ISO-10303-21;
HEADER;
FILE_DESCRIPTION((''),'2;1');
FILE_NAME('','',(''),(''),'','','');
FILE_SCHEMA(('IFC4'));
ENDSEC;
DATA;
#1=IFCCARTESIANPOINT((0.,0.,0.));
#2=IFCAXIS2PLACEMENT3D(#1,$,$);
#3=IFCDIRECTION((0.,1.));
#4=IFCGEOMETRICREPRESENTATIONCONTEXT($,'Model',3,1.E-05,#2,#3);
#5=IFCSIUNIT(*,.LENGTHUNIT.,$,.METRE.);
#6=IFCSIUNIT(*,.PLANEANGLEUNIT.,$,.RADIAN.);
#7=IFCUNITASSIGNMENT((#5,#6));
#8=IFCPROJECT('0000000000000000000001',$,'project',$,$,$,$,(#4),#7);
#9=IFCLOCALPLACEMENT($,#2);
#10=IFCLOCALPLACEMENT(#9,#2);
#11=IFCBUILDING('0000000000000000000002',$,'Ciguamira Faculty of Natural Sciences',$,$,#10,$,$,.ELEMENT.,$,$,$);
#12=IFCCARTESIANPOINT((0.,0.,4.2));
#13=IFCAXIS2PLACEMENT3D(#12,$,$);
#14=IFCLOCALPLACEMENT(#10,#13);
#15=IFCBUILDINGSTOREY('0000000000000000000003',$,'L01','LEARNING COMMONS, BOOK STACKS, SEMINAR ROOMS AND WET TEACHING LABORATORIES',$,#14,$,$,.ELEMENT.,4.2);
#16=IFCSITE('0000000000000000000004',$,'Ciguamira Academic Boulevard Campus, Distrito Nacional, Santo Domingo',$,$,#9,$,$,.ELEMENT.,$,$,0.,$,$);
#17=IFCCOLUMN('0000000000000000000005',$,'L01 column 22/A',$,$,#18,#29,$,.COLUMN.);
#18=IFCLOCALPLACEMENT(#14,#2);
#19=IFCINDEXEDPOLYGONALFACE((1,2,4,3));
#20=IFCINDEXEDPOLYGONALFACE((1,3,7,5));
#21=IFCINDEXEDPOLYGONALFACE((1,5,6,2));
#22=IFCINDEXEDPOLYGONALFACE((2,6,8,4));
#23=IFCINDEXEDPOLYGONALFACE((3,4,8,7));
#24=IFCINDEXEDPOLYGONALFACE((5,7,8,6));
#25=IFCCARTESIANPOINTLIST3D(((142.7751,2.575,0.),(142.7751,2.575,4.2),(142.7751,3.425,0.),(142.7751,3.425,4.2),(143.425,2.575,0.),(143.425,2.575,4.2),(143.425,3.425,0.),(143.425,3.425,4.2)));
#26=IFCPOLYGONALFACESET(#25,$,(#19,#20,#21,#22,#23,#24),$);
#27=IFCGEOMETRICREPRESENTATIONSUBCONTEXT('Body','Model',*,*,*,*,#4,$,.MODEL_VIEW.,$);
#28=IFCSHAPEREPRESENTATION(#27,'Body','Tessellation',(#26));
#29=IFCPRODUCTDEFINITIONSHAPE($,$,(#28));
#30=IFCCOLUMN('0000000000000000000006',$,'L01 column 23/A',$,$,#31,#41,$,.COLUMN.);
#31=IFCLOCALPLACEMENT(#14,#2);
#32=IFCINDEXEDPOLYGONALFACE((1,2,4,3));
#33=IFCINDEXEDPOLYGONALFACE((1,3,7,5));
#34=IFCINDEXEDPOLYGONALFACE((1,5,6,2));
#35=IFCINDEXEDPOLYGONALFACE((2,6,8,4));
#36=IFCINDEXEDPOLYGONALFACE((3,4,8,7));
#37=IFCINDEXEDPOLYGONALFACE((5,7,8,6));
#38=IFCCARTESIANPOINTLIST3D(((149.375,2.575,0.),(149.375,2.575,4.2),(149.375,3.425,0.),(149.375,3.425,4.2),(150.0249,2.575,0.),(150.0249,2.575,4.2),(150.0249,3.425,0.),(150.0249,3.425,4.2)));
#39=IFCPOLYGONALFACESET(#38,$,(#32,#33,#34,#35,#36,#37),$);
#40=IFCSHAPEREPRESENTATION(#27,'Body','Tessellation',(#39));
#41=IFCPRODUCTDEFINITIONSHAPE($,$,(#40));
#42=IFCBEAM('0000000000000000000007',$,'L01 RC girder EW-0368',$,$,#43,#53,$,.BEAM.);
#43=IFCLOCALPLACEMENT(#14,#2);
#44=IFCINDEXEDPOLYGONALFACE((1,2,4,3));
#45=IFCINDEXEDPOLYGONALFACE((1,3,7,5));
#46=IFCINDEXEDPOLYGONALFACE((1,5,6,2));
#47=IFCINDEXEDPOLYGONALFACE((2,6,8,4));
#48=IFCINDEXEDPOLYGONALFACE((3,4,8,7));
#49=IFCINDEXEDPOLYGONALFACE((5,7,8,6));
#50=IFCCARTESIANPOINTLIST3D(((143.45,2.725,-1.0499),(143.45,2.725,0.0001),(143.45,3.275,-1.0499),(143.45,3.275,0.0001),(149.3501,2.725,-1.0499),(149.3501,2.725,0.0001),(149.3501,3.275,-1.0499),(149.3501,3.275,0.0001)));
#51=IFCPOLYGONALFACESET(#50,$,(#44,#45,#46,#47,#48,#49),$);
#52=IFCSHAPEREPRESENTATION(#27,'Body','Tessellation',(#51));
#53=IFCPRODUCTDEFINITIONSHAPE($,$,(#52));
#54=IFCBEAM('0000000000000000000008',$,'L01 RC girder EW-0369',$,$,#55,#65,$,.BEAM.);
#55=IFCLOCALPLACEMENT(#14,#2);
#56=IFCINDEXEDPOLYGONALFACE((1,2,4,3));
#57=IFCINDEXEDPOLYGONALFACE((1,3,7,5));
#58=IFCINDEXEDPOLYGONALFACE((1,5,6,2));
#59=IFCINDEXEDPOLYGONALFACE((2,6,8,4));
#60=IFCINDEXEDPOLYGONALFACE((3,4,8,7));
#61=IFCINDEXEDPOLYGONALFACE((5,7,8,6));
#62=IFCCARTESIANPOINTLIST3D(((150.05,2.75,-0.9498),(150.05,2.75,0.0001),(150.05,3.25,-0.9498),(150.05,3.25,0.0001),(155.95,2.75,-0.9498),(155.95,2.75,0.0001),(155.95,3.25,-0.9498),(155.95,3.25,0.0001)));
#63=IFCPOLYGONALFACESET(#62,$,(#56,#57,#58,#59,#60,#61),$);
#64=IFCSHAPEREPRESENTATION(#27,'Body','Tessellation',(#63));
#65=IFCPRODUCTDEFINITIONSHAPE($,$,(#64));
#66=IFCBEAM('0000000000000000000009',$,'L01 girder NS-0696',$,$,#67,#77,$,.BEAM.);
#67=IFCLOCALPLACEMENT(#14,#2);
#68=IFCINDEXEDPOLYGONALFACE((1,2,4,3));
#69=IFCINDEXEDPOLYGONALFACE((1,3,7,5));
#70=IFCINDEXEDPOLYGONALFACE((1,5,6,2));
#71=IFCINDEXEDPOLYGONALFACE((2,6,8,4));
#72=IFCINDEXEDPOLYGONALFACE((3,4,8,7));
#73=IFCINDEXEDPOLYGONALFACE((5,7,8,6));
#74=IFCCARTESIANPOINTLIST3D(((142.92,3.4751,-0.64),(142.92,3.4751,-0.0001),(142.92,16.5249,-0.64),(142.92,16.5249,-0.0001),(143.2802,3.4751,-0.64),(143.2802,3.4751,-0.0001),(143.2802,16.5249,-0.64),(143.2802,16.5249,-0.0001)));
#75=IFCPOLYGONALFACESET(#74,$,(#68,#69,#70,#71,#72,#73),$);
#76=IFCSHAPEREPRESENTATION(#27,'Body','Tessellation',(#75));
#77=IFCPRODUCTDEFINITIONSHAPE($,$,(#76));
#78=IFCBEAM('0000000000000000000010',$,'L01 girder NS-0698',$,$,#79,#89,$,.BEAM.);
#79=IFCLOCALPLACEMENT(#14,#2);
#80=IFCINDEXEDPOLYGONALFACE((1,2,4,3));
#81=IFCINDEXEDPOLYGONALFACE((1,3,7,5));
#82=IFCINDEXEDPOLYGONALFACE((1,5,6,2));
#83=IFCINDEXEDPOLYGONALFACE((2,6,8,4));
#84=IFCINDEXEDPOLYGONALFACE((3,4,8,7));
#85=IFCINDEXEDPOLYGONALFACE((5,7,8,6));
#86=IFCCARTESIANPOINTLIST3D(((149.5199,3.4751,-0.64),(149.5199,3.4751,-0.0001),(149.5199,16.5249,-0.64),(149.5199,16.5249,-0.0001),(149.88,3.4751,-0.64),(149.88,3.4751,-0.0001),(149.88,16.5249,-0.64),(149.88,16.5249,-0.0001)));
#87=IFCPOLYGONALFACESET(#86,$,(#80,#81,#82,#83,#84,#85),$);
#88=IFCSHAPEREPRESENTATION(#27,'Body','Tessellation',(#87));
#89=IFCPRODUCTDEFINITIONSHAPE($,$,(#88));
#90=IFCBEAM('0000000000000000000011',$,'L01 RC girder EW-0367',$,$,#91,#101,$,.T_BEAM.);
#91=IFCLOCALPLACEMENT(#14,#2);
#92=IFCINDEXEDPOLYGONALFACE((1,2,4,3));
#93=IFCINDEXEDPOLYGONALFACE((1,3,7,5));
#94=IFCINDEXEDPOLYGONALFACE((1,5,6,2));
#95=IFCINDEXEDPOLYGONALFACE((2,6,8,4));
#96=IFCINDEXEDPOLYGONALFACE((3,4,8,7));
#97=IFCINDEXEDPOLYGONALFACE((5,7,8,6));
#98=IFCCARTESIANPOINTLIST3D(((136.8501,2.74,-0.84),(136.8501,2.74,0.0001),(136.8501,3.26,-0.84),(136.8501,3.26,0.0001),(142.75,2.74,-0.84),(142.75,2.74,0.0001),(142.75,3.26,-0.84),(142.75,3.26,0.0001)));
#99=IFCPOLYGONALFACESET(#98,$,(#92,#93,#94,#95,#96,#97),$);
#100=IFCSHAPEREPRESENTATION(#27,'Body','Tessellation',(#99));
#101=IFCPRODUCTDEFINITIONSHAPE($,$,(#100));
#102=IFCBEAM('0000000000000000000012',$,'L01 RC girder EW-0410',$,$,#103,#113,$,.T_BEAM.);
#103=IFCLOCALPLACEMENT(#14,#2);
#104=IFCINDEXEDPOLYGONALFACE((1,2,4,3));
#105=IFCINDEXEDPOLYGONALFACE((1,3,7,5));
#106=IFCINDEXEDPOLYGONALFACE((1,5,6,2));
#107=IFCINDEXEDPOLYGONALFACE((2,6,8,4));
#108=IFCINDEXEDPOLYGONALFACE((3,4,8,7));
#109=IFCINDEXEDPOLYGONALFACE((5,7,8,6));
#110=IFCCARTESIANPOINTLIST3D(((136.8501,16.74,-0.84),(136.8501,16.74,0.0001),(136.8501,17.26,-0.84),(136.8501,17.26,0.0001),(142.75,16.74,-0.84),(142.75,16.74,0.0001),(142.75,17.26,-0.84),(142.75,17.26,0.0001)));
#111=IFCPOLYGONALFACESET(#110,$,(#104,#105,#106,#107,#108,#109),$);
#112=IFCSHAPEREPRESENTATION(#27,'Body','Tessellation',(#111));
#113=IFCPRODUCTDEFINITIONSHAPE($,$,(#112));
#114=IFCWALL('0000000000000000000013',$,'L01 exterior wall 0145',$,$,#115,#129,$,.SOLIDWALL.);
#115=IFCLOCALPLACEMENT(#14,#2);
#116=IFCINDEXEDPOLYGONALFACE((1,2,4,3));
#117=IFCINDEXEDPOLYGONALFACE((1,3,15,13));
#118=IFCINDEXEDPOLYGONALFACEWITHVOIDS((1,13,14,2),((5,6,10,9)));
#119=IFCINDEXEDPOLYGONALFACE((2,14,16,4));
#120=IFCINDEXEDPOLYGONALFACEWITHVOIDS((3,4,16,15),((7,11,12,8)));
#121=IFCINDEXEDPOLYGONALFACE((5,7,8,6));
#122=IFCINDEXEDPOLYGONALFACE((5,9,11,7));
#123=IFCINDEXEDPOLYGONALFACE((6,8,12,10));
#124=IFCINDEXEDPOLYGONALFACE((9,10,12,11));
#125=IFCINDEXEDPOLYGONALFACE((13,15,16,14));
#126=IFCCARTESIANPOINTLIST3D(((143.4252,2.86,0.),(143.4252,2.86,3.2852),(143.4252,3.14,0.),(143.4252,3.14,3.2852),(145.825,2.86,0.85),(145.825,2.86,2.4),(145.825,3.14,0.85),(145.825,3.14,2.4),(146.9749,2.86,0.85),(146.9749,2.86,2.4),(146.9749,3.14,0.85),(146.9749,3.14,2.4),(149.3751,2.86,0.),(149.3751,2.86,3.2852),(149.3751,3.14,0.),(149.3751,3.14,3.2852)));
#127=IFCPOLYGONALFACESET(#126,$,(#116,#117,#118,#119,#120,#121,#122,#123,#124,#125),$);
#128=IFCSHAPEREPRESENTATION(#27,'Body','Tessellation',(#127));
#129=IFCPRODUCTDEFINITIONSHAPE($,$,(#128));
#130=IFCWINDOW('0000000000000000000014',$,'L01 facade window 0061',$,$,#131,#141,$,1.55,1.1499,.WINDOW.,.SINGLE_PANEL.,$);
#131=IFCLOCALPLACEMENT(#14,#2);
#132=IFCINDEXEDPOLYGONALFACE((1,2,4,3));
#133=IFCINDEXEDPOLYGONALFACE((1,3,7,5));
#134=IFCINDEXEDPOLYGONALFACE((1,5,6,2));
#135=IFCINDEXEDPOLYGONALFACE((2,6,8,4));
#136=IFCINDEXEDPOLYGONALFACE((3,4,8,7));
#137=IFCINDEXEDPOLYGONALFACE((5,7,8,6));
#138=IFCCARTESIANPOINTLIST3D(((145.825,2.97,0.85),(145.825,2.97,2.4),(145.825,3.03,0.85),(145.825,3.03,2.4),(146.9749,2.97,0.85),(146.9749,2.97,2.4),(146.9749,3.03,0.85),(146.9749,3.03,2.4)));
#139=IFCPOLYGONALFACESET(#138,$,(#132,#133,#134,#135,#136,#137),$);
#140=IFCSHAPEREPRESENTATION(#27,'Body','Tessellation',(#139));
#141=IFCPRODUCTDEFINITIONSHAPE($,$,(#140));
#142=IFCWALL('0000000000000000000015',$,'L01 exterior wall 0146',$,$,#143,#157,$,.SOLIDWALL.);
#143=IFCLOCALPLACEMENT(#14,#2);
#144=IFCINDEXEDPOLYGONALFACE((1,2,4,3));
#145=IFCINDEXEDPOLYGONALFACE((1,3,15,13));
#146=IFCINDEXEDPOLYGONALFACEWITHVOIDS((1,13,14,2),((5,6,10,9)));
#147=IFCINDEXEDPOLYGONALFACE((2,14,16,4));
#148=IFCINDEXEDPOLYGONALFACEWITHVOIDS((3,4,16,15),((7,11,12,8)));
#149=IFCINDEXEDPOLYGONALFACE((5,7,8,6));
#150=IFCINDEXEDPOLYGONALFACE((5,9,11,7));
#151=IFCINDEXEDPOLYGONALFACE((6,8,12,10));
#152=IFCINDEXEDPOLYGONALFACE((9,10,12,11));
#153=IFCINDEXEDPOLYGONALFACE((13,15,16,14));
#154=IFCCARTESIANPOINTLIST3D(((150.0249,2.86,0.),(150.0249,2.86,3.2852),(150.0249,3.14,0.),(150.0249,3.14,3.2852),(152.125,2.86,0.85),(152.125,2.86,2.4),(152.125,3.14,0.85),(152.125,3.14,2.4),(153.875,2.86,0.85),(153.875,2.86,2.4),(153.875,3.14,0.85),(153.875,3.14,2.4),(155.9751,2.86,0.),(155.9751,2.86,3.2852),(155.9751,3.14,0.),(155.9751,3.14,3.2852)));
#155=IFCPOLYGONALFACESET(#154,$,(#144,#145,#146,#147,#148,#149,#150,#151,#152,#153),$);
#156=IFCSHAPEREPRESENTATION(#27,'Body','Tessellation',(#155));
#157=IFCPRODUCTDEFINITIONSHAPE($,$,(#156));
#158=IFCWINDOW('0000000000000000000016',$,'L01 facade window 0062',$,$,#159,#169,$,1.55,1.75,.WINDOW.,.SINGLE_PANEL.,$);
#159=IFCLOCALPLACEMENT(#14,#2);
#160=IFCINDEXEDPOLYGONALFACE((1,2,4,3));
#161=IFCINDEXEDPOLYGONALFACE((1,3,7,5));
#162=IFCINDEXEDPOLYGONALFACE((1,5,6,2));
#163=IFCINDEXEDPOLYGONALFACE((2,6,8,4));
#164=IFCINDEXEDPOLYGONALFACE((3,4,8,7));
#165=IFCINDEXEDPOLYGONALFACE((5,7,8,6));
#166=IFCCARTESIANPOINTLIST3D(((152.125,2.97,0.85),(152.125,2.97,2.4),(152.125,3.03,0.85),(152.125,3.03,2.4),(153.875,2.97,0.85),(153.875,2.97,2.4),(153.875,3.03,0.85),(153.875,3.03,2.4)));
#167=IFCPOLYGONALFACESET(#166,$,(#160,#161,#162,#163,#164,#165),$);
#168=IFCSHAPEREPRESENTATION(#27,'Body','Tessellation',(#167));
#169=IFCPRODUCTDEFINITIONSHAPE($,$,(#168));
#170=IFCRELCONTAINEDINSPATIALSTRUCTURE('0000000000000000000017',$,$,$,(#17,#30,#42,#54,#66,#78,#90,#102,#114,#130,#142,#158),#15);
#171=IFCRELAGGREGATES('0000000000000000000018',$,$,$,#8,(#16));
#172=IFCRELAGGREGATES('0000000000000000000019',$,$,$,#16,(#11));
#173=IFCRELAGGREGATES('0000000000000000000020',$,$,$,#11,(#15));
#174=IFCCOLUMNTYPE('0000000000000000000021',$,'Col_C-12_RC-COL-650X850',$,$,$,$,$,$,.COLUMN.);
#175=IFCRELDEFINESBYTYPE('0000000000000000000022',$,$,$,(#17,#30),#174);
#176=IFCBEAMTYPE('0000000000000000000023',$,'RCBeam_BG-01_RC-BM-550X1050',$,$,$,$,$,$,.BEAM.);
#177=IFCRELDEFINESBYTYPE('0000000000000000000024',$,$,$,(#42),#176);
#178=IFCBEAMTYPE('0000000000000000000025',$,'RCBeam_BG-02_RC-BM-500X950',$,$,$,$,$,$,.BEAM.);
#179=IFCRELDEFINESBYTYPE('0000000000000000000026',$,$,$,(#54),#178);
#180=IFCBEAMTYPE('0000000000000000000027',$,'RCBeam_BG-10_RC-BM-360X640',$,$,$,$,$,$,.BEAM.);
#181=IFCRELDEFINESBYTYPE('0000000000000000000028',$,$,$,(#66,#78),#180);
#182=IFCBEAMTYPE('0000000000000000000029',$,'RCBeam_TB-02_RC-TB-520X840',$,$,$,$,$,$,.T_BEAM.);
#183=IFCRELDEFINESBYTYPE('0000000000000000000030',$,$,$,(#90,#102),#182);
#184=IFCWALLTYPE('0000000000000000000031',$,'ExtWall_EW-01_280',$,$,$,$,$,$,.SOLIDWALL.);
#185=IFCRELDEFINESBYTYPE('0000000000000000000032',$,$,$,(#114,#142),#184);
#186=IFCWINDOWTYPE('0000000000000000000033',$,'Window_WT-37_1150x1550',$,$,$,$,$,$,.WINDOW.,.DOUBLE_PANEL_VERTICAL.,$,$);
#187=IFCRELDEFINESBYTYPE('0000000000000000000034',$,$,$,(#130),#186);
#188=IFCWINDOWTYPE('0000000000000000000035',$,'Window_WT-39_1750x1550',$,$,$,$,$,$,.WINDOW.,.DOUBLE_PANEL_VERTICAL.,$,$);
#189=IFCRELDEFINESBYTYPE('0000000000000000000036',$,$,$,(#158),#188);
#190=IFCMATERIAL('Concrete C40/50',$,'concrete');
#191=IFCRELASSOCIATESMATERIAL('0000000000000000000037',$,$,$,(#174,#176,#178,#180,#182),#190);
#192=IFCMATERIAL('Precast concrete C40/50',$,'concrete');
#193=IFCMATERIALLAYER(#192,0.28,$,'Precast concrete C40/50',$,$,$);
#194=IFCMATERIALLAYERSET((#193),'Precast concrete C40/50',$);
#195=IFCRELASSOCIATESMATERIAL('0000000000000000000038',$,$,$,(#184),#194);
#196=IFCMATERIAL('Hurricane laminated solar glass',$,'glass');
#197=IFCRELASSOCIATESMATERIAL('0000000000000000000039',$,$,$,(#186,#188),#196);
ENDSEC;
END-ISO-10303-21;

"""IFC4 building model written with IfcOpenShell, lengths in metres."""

from ifc_helpers import new_model, si_unit, direction, frame, frame_2d, origin, origin_2d, place, context, subcontext, project, spatial, rectangle, extrude, material, layer, layer_set, material_profile, profile_set, type_object, element, fill, save


model = new_model("IFC4")

# Units and contexts
model_context = context("Model", 3, precision=1e-05, world=origin(), true_north=direction((0.0, 1.0)))
body_context = subcontext(model_context, "Body", "Model", "MODEL_VIEW")
ifc_project = project(units=[si_unit("LENGTHUNIT", "METRE"), si_unit("PLANEANGLEUNIT", "RADIAN")], contexts=[model_context])

# Site, building, storey
site_placement = place(None, origin())
site = spatial("IfcSite", under=ifc_project, at=site_placement, Name="Ciguamira Academic Boulevard Campus, Distrito Nacional, Santo Domingo", CompositionType="ELEMENT", RefElevation=0.0)
building_placement = place(site_placement, origin())
building = spatial("IfcBuilding", under=site, at=building_placement, Name="Ciguamira Faculty of Natural Sciences", CompositionType="ELEMENT")
storey_placement = place(building_placement, frame((0.0, 0.0, 4.2)))
storey = spatial("IfcBuildingStorey", under=building, at=storey_placement, Name="L01", Description="LEARNING COMMONS, BOOK STACKS, SEMINAR ROOMS AND WET TEACHING LABORATORIES", CompositionType="ELEMENT", Elevation=4.2)

# Columns
ifc_material_1 = material(Name="Concrete C40/50", Category="concrete")
ifc_material_profile_1 = material_profile(ifc_material_1, rectangle(XDim=0.6499, YDim=0.8501, at=origin_2d()), Name="RC-COL-650X850")
ifc_profile_set_1 = profile_set([ifc_material_profile_1], Name="Concrete C40/50")
column_type = type_object("IfcColumnType", Name="Col_C-12_RC-COL-650X850", PredefinedType="COLUMN", material=ifc_profile_set_1)
for number, where, z_axis, x_axis, name in (
    (1, (143.1001, 3.0, 0.0), (0.0, 0.0, 1.0), (1.0, 0.0, 0.0), "L01 column 22/A"),
    (2, (149.7, 3.0, 0.0), (0.0, 0.0, 1.0), (1.0, 0.0, 0.0), "L01 column 23/A"),
):
    element("IfcColumn", number, at=place(storey_placement, frame(where, z_axis=z_axis, x_axis=x_axis)), inside=storey, type_object=column_type, Name=name, PredefinedType="COLUMN", context=body_context, shape_type="SweptSolid", body=[
        extrude(rectangle(XDim=0.6499, YDim=0.8501, at=origin_2d()), origin(), (0.0, 0.0, 1.0), 4.2),
    ])

# Beams
ifc_material_profile_2 = material_profile(ifc_material_1, rectangle(XDim=0.55, YDim=1.05, at=origin_2d()), Name="RC-BM-550X1050")
ifc_profile_set_2 = profile_set([ifc_material_profile_2], Name="Concrete C40/50")
beam_type_1 = type_object("IfcBeamType", Name="RCBeam_BG-01_RC-BM-550X1050", PredefinedType="BEAM", material=ifc_profile_set_2)
beam_1_placement = place(storey_placement, frame((143.45, 3.0, -0.5249), z_axis=(1.0, 0.0, 0.0), x_axis=(0.0, 1.0, 0.0)))
element("IfcBeam", 3, at=beam_1_placement, inside=storey, type_object=beam_type_1, Name="L01 RC girder EW-0368", PredefinedType="BEAM", context=body_context, shape_type="SweptSolid", body=[
    extrude(rectangle(XDim=0.55, YDim=1.05, at=origin_2d()), origin(), (0.0, 0.0, 1.0), 5.9001),
])
ifc_material_profile_3 = material_profile(ifc_material_1, rectangle(XDim=0.5, YDim=0.95, at=origin_2d()), Name="RC-BM-500X950")
ifc_profile_set_3 = profile_set([ifc_material_profile_3], Name="Concrete C40/50")
beam_type_2 = type_object("IfcBeamType", Name="RCBeam_BG-02_RC-BM-500X950", PredefinedType="BEAM", material=ifc_profile_set_3)
beam_2_placement = place(storey_placement, frame((150.05, 3.0, -0.4749), z_axis=(1.0, 0.0, 0.0), x_axis=(0.0, 1.0, 0.0)))
element("IfcBeam", 4, at=beam_2_placement, inside=storey, type_object=beam_type_2, Name="L01 RC girder EW-0369", PredefinedType="BEAM", context=body_context, shape_type="SweptSolid", body=[
    extrude(rectangle(XDim=0.5, YDim=0.95, at=origin_2d()), origin(), (0.0, 0.0, 1.0), 5.8999),
])
ifc_material_profile_4 = material_profile(ifc_material_1, rectangle(XDim=0.3601, YDim=0.6399, at=origin_2d()), Name="RC-BM-360X640")
ifc_profile_set_4 = profile_set([ifc_material_profile_4], Name="Concrete C40/50")
beam_type_3 = type_object("IfcBeamType", Name="RCBeam_BG-10_RC-BM-360X640", PredefinedType="BEAM", material=ifc_profile_set_4)
for number, where, z_axis, x_axis, name in (
    (5, (143.1001, 3.4751, -0.3201), (0.0, 1.0, 0.0), (-1.0, 0.0, 0.0), "L01 girder NS-0696"),
    (6, (149.7, 3.4751, -0.3201), (0.0, 1.0, 0.0), (-1.0, 0.0, 0.0), "L01 girder NS-0698"),
):
    element("IfcBeam", number, at=place(storey_placement, frame(where, z_axis=z_axis, x_axis=x_axis)), inside=storey, type_object=beam_type_3, Name=name, PredefinedType="BEAM", context=body_context, shape_type="SweptSolid", body=[
        extrude(rectangle(XDim=0.3601, YDim=0.6399, at=origin_2d()), origin(), (0.0, 0.0, 1.0), 13.0498),
    ])
ifc_material_profile_5 = material_profile(ifc_material_1, rectangle(XDim=0.52, YDim=0.8401, at=origin_2d()), Name="RC-TB-520X840")
ifc_profile_set_5 = profile_set([ifc_material_profile_5], Name="Concrete C40/50")
beam_type_4 = type_object("IfcBeamType", Name="RCBeam_TB-02_RC-TB-520X840", PredefinedType="T_BEAM", material=ifc_profile_set_5)
for number, where, z_axis, x_axis, name in (
    (7, (136.8501, 3.0, -0.4199), (1.0, 0.0, 0.0), (0.0, 1.0, 0.0), "L01 RC girder EW-0367"),
    (8, (136.8501, 17.0, -0.4199), (1.0, 0.0, 0.0), (0.0, 1.0, 0.0), "L01 RC girder EW-0410"),
):
    element("IfcBeam", number, at=place(storey_placement, frame(where, z_axis=z_axis, x_axis=x_axis)), inside=storey, type_object=beam_type_4, Name=name, PredefinedType="T_BEAM", context=body_context, shape_type="SweptSolid", body=[
        extrude(rectangle(XDim=0.52, YDim=0.8401, at=origin_2d()), origin(), (0.0, 0.0, 1.0), 5.8999),
    ])

# Walls, openings, windows
ifc_material_2 = material(Name="Precast concrete C40/50", Category="concrete")
ifc_layer_1 = layer(ifc_material_2, 0.28, Name="Precast concrete C40/50")
ifc_layer_set_1 = layer_set([ifc_layer_1], Name="Precast concrete C40/50")
wall_type_1 = type_object("IfcWallType", Name="ExtWall_EW-01_280", PredefinedType="SOLIDWALL", material=ifc_layer_set_1)
wall_1_placement = place(storey_placement, frame((143.425, 3.0, 0.0), z_axis=(0.0, 0.0, 1.0), x_axis=(1.0, 0.0, 0.0)))
wall_1 = element("IfcWall", 9, at=wall_1_placement, inside=storey, type_object=wall_type_1, Name="L01 exterior wall 0145", PredefinedType="SOLIDWALL", context=body_context, shape_type="SweptSolid", body=[
    extrude(rectangle(XDim=5.95, YDim=0.28, at=frame_2d((2.9751, 0.0))), origin(), (0.0, 0.0, 1.0), 3.2852),
])
opening_1_placement = place(wall_1_placement, frame((2.3999, 0.0, 0.8501)))
opening_1 = element("IfcOpeningElement", 10, at=opening_1_placement, cuts=wall_1, PredefinedType="OPENING", context=body_context, shape_type="SweptSolid", body=[
    extrude(rectangle(XDim=1.1499, YDim=1.55, at=frame_2d((0.575, 0.7749))), frame((0.0, 0.1499, 0.0), z_axis=(0.0, -1.0, 0.0), x_axis=(1.0, 0.0, 0.0)), (0.0, 0.0, 1.0), 0.3),
])
ifc_material_3 = material(Name="Hurricane laminated solar glass", Category="glass")
window_type_1 = type_object("IfcWindowType", Name="Window_WT-37_1150x1550", PartitioningType="DOUBLE_PANEL_VERTICAL", PredefinedType="WINDOW", material=ifc_material_3)
window_1_placement = place(opening_1_placement, origin())
window_1 = element("IfcWindow", 11, at=window_1_placement, inside=storey, type_object=window_type_1, Name="L01 facade window 0061", OverallHeight=1.55, OverallWidth=1.1499, PartitioningType="SINGLE_PANEL", PredefinedType="WINDOW", context=body_context, shape_type="SweptSolid", body=[
    extrude(rectangle(XDim=1.1499, YDim=1.55, at=frame_2d((0.575, 0.7749))), frame((0.0, 0.03, 0.0), z_axis=(0.0, -1.0, 0.0), x_axis=(1.0, 0.0, 0.0)), (0.0, 0.0, 1.0), 0.0601),
])
fill(opening_1, window_1)
wall_2_placement = place(storey_placement, frame((150.0249, 3.0, 0.0), z_axis=(0.0, 0.0, 1.0), x_axis=(1.0, 0.0, 0.0)))
wall_2 = element("IfcWall", 12, at=wall_2_placement, inside=storey, type_object=wall_type_1, Name="L01 exterior wall 0146", PredefinedType="SOLIDWALL", context=body_context, shape_type="SweptSolid", body=[
    extrude(rectangle(XDim=5.9502, YDim=0.28, at=frame_2d((2.9751, 0.0))), origin(), (0.0, 0.0, 1.0), 3.2852),
])
opening_2_placement = place(wall_2_placement, frame((2.1001, 0.0, 0.8501)))
opening_2 = element("IfcOpeningElement", 13, at=opening_2_placement, cuts=wall_2, PredefinedType="OPENING", context=body_context, shape_type="SweptSolid", body=[
    extrude(rectangle(XDim=1.75, YDim=1.55, at=frame_2d((0.875, 0.7749))), frame((0.0, 0.1499, 0.0), z_axis=(0.0, -1.0, 0.0), x_axis=(1.0, 0.0, 0.0)), (0.0, 0.0, 1.0), 0.3),
])
window_type_2 = type_object("IfcWindowType", Name="Window_WT-39_1750x1550", PartitioningType="DOUBLE_PANEL_VERTICAL", PredefinedType="WINDOW", material=ifc_material_3)
window_2_placement = place(opening_2_placement, origin())
window_2 = element("IfcWindow", 14, at=window_2_placement, inside=storey, type_object=window_type_2, Name="L01 facade window 0062", OverallHeight=1.55, OverallWidth=1.75, PartitioningType="SINGLE_PANEL", PredefinedType="WINDOW", context=body_context, shape_type="SweptSolid", body=[
    extrude(rectangle(XDim=1.75, YDim=1.55, at=frame_2d((0.875, 0.7749))), frame((0.0, 0.03, 0.0), z_axis=(0.0, -1.0, 0.0), x_axis=(1.0, 0.0, 0.0)), (0.0, 0.0, 1.0), 0.0601),
])
fill(opening_2, window_2)

save(model, "model.ifc")
